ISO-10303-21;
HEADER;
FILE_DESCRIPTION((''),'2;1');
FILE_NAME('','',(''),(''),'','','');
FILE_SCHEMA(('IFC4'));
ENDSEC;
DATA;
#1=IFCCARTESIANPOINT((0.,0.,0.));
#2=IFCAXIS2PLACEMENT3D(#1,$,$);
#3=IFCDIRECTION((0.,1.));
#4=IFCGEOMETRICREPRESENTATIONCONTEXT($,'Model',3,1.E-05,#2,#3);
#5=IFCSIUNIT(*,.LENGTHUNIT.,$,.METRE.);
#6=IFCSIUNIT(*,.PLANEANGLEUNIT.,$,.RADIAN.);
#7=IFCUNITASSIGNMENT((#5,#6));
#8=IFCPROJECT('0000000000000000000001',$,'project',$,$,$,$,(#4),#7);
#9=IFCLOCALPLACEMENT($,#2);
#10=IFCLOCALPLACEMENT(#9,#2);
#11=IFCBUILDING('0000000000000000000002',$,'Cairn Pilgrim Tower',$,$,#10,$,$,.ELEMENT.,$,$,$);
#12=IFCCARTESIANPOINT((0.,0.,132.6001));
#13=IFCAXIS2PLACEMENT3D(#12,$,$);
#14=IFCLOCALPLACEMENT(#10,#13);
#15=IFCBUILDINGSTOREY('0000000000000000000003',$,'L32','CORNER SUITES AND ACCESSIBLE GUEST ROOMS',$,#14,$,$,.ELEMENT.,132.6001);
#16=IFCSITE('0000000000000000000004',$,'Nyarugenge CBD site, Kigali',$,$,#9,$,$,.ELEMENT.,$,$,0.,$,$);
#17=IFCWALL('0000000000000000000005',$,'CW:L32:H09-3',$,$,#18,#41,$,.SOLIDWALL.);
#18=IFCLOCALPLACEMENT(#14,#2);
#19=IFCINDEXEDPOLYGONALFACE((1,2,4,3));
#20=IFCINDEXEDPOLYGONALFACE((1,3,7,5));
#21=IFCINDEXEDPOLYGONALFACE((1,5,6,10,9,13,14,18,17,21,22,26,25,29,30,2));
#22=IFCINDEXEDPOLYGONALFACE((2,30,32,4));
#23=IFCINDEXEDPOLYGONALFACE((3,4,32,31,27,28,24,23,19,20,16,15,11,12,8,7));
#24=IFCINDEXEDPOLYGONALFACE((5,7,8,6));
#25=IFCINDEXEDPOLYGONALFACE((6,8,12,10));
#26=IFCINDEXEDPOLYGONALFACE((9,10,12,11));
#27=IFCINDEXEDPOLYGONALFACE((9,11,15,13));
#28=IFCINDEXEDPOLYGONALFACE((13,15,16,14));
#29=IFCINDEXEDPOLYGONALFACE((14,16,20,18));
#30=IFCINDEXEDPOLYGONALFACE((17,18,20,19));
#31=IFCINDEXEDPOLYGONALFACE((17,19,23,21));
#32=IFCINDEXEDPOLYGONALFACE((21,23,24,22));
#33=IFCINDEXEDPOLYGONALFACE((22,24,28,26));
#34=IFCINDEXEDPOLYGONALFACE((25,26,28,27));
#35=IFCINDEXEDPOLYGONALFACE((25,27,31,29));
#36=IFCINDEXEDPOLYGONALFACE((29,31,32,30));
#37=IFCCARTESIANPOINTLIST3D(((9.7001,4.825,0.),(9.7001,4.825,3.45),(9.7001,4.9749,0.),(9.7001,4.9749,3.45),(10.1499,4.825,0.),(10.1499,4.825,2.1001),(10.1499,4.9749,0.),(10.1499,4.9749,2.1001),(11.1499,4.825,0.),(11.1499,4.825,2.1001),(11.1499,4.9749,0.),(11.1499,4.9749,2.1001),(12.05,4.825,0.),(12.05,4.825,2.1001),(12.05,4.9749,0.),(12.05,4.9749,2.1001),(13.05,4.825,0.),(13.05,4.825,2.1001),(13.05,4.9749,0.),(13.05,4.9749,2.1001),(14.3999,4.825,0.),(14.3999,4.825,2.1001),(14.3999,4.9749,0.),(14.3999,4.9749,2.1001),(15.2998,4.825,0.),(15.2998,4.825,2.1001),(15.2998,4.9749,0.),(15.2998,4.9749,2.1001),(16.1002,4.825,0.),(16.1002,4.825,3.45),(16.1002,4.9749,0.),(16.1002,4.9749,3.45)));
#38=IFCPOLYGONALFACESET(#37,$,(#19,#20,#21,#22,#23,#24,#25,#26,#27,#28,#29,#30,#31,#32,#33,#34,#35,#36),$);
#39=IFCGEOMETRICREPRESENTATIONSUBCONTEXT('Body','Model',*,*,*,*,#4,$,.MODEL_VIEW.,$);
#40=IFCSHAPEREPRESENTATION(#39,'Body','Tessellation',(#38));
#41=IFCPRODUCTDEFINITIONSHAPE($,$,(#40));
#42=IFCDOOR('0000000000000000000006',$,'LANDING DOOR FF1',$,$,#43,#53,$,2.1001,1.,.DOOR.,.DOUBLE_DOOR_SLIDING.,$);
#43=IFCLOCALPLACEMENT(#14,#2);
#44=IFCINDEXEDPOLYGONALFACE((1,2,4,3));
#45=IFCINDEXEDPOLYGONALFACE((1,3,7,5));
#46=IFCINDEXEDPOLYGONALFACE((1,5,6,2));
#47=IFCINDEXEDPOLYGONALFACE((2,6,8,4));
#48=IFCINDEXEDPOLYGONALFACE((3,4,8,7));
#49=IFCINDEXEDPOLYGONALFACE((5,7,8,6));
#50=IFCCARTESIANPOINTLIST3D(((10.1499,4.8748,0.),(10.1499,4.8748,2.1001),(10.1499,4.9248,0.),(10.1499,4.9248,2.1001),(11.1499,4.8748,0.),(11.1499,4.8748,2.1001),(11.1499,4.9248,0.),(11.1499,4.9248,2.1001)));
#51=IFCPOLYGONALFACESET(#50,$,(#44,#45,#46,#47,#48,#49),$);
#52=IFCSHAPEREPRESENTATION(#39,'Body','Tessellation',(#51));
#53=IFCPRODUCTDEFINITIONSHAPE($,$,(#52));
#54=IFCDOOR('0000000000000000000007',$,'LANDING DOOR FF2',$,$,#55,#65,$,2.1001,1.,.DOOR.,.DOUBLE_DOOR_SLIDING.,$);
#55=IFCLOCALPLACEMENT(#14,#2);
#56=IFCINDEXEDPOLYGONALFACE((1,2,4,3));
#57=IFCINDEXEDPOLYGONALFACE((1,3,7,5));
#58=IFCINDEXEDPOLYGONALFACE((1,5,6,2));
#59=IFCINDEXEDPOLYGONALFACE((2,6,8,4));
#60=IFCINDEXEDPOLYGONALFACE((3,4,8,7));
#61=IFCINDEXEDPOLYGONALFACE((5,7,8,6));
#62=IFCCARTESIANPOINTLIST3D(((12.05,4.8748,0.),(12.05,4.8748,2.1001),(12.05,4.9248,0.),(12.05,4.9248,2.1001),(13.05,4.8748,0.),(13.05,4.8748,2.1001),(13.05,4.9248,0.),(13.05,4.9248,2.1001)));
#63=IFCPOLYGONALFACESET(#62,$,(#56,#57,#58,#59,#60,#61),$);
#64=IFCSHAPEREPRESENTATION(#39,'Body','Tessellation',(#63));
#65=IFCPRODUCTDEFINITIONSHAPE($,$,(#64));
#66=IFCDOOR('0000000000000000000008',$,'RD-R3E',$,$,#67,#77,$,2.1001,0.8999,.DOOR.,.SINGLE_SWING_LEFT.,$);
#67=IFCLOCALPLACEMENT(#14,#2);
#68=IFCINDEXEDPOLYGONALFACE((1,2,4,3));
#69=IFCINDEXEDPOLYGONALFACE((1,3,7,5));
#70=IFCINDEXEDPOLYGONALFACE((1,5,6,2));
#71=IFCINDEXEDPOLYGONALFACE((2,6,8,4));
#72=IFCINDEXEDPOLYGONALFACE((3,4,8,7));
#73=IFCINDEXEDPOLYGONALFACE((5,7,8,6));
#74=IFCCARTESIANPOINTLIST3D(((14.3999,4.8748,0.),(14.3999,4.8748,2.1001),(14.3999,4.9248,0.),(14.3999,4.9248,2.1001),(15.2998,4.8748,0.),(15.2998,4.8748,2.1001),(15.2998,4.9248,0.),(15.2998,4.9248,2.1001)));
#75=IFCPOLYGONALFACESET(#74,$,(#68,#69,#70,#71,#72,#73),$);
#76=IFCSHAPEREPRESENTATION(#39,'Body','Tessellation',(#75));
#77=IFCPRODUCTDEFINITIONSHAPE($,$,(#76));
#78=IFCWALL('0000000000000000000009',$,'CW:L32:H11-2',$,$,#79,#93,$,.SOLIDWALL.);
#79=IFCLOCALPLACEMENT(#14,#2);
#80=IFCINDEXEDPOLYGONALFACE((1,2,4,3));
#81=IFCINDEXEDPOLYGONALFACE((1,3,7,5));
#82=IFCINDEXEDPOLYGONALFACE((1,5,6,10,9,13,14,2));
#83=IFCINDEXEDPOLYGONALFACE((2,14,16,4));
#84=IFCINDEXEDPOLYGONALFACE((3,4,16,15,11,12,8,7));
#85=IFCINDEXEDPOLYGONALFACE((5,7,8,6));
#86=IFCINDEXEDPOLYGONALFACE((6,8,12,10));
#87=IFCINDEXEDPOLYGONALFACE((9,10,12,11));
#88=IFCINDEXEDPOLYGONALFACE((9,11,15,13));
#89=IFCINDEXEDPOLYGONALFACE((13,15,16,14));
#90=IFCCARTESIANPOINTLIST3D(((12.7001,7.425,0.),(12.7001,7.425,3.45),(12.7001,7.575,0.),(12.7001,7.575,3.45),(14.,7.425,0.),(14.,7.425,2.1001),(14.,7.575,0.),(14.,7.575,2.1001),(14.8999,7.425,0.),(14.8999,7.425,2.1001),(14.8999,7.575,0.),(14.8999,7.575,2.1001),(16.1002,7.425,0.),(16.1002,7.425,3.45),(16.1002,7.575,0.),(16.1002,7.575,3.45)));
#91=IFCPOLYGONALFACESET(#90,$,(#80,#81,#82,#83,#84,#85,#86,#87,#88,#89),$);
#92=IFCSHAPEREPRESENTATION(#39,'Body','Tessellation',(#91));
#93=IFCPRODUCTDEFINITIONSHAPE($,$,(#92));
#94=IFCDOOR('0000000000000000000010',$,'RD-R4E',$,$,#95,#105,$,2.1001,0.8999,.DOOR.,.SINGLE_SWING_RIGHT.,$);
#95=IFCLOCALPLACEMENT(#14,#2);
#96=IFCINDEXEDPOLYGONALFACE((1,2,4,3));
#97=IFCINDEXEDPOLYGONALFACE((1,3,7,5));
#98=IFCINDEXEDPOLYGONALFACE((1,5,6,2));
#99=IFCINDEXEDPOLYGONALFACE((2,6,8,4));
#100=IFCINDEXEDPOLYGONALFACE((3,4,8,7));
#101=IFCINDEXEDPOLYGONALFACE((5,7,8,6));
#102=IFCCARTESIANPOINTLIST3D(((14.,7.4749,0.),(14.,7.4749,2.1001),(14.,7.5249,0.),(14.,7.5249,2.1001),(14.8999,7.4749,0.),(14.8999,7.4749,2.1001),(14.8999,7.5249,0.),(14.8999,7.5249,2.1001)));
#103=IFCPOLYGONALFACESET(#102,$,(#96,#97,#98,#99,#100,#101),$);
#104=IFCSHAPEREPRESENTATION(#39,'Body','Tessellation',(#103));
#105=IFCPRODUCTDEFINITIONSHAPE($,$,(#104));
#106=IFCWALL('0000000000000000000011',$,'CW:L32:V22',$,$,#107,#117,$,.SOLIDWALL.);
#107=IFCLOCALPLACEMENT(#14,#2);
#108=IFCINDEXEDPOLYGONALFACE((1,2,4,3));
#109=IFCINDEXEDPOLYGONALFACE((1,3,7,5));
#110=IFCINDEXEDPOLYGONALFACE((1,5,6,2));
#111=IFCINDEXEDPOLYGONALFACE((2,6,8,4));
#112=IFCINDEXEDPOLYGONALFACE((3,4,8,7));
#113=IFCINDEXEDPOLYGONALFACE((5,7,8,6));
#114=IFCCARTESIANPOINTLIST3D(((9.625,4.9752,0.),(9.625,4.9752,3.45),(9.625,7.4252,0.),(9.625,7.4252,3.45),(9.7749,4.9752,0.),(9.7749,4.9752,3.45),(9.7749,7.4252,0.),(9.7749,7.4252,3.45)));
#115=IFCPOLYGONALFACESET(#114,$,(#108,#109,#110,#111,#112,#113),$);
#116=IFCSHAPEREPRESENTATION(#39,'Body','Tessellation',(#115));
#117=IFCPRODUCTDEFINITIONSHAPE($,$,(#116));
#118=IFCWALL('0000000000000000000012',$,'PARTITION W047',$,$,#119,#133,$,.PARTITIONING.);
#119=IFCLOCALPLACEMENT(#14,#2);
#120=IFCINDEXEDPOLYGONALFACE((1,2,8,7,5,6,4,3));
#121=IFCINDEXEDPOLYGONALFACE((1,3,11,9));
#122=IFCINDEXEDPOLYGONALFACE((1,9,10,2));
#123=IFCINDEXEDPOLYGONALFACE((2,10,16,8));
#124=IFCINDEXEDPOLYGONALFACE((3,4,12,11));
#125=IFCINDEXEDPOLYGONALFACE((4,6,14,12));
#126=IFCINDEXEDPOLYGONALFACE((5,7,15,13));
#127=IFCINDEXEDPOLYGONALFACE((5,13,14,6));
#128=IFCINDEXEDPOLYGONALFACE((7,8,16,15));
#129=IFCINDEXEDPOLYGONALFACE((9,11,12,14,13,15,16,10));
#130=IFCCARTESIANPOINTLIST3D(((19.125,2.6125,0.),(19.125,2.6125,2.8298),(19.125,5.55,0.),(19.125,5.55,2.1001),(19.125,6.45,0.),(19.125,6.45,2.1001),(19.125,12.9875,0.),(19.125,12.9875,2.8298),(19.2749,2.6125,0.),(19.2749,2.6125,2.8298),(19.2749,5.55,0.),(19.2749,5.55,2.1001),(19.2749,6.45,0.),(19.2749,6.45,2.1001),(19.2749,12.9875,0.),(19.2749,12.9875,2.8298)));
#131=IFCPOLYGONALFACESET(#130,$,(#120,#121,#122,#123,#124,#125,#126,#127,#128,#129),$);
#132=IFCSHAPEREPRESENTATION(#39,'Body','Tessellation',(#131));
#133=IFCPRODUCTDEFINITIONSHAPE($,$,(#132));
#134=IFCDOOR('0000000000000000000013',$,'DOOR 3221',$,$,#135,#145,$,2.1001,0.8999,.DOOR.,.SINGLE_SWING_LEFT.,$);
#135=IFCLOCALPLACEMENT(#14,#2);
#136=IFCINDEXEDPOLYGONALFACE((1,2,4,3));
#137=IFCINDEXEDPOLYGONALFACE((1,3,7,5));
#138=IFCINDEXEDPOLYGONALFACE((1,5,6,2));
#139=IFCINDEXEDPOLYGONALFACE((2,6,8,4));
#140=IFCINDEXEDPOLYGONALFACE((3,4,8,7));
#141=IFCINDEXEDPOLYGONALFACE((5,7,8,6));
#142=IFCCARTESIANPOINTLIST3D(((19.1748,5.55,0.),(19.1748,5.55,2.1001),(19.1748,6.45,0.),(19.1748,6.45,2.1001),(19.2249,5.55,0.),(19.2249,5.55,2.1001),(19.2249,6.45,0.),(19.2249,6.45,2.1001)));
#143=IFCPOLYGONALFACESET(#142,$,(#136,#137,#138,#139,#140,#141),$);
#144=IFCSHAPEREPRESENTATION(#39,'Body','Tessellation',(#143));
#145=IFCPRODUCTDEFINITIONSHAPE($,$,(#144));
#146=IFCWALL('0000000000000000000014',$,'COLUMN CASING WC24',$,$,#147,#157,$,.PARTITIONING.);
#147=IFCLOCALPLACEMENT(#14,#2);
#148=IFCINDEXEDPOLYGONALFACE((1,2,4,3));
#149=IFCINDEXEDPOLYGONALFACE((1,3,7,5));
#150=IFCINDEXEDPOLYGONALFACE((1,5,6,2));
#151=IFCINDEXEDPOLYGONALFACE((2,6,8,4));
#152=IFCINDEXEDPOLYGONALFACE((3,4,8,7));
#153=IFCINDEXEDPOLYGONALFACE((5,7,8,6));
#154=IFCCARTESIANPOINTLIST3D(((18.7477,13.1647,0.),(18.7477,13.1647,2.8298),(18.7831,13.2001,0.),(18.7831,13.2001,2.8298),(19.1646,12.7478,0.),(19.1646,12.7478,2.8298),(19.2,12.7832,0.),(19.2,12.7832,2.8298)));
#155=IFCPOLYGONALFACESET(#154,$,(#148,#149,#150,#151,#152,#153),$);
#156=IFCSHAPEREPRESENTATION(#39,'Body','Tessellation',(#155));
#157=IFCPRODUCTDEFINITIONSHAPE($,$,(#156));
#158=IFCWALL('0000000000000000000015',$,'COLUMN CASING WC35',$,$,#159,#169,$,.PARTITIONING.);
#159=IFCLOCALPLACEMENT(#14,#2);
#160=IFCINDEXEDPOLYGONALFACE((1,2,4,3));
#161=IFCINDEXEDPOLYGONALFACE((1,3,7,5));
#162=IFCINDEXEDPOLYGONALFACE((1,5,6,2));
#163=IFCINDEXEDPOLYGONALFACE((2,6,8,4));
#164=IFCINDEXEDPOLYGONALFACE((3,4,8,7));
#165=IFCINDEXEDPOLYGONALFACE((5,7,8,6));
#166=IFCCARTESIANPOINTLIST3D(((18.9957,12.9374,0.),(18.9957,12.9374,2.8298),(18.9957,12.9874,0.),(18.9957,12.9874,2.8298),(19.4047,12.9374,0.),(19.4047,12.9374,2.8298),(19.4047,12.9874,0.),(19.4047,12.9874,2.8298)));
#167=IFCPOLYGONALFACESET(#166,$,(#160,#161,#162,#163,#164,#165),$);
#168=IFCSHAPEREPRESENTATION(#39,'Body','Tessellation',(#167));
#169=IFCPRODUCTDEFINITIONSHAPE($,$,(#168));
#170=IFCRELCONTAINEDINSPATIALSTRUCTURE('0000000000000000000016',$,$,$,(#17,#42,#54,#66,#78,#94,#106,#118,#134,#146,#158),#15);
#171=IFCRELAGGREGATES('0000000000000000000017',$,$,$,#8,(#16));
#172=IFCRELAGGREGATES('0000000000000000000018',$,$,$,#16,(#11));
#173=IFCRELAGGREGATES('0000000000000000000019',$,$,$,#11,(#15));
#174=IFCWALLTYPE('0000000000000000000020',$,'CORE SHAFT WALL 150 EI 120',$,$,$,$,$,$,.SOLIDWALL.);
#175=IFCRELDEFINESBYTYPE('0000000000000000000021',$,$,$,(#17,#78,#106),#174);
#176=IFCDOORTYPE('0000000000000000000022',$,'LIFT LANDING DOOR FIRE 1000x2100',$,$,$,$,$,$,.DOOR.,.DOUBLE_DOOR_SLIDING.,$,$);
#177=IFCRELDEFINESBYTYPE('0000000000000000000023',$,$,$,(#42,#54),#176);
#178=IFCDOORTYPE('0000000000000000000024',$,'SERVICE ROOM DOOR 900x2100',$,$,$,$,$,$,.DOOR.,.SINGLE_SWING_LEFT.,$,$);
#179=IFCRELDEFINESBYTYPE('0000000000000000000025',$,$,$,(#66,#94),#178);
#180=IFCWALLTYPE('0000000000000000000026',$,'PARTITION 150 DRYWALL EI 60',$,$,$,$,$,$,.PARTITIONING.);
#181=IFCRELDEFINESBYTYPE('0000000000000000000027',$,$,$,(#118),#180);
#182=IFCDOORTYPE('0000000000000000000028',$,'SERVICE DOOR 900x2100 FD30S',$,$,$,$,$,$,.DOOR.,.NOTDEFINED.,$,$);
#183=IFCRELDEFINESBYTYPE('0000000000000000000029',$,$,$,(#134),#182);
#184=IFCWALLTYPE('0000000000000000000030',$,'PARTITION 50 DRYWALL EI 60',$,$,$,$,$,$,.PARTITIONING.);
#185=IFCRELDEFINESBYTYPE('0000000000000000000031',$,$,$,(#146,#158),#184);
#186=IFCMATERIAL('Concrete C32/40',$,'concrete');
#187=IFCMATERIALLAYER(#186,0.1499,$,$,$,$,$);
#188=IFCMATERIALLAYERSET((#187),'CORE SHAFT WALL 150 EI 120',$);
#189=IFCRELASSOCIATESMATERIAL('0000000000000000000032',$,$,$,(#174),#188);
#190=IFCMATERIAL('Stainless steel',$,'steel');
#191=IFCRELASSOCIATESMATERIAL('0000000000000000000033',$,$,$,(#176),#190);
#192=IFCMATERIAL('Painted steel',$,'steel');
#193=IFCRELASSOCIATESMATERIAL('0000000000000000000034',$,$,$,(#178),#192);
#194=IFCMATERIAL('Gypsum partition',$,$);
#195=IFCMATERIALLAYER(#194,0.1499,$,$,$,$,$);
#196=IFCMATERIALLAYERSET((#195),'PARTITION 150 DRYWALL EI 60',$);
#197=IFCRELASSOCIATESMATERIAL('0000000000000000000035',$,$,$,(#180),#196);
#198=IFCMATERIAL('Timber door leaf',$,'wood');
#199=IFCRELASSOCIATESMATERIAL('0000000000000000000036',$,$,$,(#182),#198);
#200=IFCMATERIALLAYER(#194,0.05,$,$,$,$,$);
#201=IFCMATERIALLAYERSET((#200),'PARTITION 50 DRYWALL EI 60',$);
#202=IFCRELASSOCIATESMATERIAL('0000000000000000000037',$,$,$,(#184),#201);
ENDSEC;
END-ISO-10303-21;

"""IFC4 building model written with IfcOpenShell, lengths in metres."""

from ifc_helpers import new_model, si_unit, direction, frame, frame_2d, origin, place, context, subcontext, project, spatial, rectangle, extrude, material, layer, layer_set, type_object, element, fill, save


model = new_model("IFC4")

# Units and contexts
model_context = context("Model", 3, precision=1e-05, world=origin(), true_north=direction((0.0, 1.0)))
body_context = subcontext(model_context, "Body", "Model", "MODEL_VIEW")
ifc_project = project(units=[si_unit("LENGTHUNIT", "METRE"), si_unit("PLANEANGLEUNIT", "RADIAN")], contexts=[model_context])

# Site, building, storey
site_placement = place(None, origin())
site = spatial("IfcSite", under=ifc_project, at=site_placement, Name="Nyarugenge CBD site, Kigali", CompositionType="ELEMENT", RefElevation=0.0)
building_placement = place(site_placement, origin())
building = spatial("IfcBuilding", under=site, at=building_placement, Name="Cairn Pilgrim Tower", CompositionType="ELEMENT")
storey_placement = place(building_placement, frame((0.0, 0.0, 132.6001)))
storey = spatial("IfcBuildingStorey", under=building, at=storey_placement, Name="L32", Description="CORNER SUITES AND ACCESSIBLE GUEST ROOMS", CompositionType="ELEMENT", Elevation=132.6001)

# Shared definitions
ifc_material_1 = material(Name="Concrete C32/40", Category="concrete")

# Wall, openings, doors
ifc_layer_1 = layer(ifc_material_1, 0.1499)
ifc_layer_set_1 = layer_set([ifc_layer_1], Name="CORE SHAFT WALL 150 EI 120")
wall_type_1 = type_object("IfcWallType", Name="CORE SHAFT WALL 150 EI 120", PredefinedType="SOLIDWALL", material=ifc_layer_set_1)
wall_1_placement = place(storey_placement, frame((9.7, 4.8999, 0.0), z_axis=(0.0, 0.0, 1.0), x_axis=(1.0, 0.0, 0.0)))
wall_1 = element("IfcWall", 1, at=wall_1_placement, inside=storey, type_object=wall_type_1, Name="CW:L32:H09-3", PredefinedType="SOLIDWALL", context=body_context, shape_type="SweptSolid", body=[
    extrude(rectangle(XDim=6.4001, YDim=0.1499, at=frame_2d((3.2002, 0.0))), origin(), (0.0, 0.0, 1.0), 3.45),
])
opening_1_placement = place(wall_1_placement, frame((0.45, 0.0, 0.0)))
opening_1 = element("IfcOpeningElement", 2, at=opening_1_placement, cuts=wall_1, PredefinedType="OPENING", context=body_context, shape_type="SweptSolid", body=[
    extrude(rectangle(XDim=1.0, YDim=2.1001, at=frame_2d((0.5, 1.05))), frame((0.0, 0.085, 0.0), z_axis=(0.0, -1.0, 0.0), x_axis=(1.0, 0.0, 0.0)), (0.0, 0.0, 1.0), 0.1699),
])
opening_2_placement = place(wall_1_placement, frame((2.3501, 0.0, 0.0)))
opening_2 = element("IfcOpeningElement", 3, at=opening_2_placement, cuts=wall_1, PredefinedType="OPENING", context=body_context, shape_type="SweptSolid", body=[
    extrude(rectangle(XDim=1.0, YDim=2.1001, at=frame_2d((0.5, 1.05))), frame((0.0, 0.085, 0.0), z_axis=(0.0, -1.0, 0.0), x_axis=(1.0, 0.0, 0.0)), (0.0, 0.0, 1.0), 0.1699),
])
opening_3_placement = place(wall_1_placement, frame((4.7, 0.0, 0.0)))
opening_3 = element("IfcOpeningElement", 4, at=opening_3_placement, cuts=wall_1, PredefinedType="OPENING", context=body_context, shape_type="SweptSolid", body=[
    extrude(rectangle(XDim=0.8999, YDim=2.1001, at=frame_2d((0.45, 1.05))), frame((0.0, 0.085, 0.0), z_axis=(0.0, -1.0, 0.0), x_axis=(1.0, 0.0, 0.0)), (0.0, 0.0, 1.0), 0.1699),
])
ifc_material_2 = material(Name="Stainless steel", Category="steel")
door_type_1 = type_object("IfcDoorType", Name="LIFT LANDING DOOR FIRE 1000x2100", OperationType="DOUBLE_DOOR_SLIDING", PredefinedType="DOOR", material=ifc_material_2)
door_1_placement = place(opening_1_placement, origin())
door_1 = element("IfcDoor", 5, at=door_1_placement, inside=storey, type_object=door_type_1, Name="LANDING DOOR FF1", OperationType="DOUBLE_DOOR_SLIDING", OverallHeight=2.1001, OverallWidth=1.0, PredefinedType="DOOR", context=body_context, shape_type="SweptSolid", body=[
    extrude(rectangle(XDim=1.0, YDim=2.1001, at=frame_2d((0.5, 1.05))), frame((0.0, 0.0249, 0.0), z_axis=(0.0, -1.0, 0.0), x_axis=(1.0, 0.0, 0.0)), (0.0, 0.0, 1.0), 0.05),
])
fill(opening_1, door_1)
door_2_placement = place(opening_2_placement, origin())
door_2 = element("IfcDoor", 6, at=door_2_placement, inside=storey, type_object=door_type_1, Name="LANDING DOOR FF2", OperationType="DOUBLE_DOOR_SLIDING", OverallHeight=2.1001, OverallWidth=1.0, PredefinedType="DOOR", context=body_context, shape_type="SweptSolid", body=[
    extrude(rectangle(XDim=1.0, YDim=2.1001, at=frame_2d((0.5, 1.05))), frame((0.0, 0.0249, 0.0), z_axis=(0.0, -1.0, 0.0), x_axis=(1.0, 0.0, 0.0)), (0.0, 0.0, 1.0), 0.05),
])
fill(opening_2, door_2)
ifc_material_3 = material(Name="Painted steel", Category="steel")
door_type_2 = type_object("IfcDoorType", Name="SERVICE ROOM DOOR 900x2100", OperationType="SINGLE_SWING_LEFT", PredefinedType="DOOR", material=ifc_material_3)
door_3_placement = place(opening_3_placement, origin())
door_3 = element("IfcDoor", 7, at=door_3_placement, inside=storey, type_object=door_type_2, Name="RD-R3E", OperationType="SINGLE_SWING_LEFT", OverallHeight=2.1001, OverallWidth=0.8999, PredefinedType="DOOR", context=body_context, shape_type="SweptSolid", body=[
    extrude(rectangle(XDim=0.8999, YDim=2.1001, at=frame_2d((0.45, 1.05))), frame((0.0, 0.0249, 0.0), z_axis=(0.0, -1.0, 0.0), x_axis=(1.0, 0.0, 0.0)), (0.0, 0.0, 1.0), 0.05),
])
fill(opening_3, door_3)

# Wall, opening, door
wall_2_placement = place(storey_placement, frame((12.7, 7.5, 0.0), z_axis=(0.0, 0.0, 1.0), x_axis=(1.0, 0.0, 0.0)))
wall_2 = element("IfcWall", 8, at=wall_2_placement, inside=storey, type_object=wall_type_1, Name="CW:L32:H11-2", PredefinedType="SOLIDWALL", context=body_context, shape_type="SweptSolid", body=[
    extrude(rectangle(XDim=3.4001, YDim=0.1499, at=frame_2d((1.7002, 0.0))), origin(), (0.0, 0.0, 1.0), 3.45),
])
opening_4_placement = place(wall_2_placement, frame((1.3, 0.0, 0.0)))
opening_4 = element("IfcOpeningElement", 9, at=opening_4_placement, cuts=wall_2, PredefinedType="OPENING", context=body_context, shape_type="SweptSolid", body=[
    extrude(rectangle(XDim=0.8999, YDim=2.1001, at=frame_2d((0.45, 1.05))), frame((0.0, 0.085, 0.0), z_axis=(0.0, -1.0, 0.0), x_axis=(1.0, 0.0, 0.0)), (0.0, 0.0, 1.0), 0.1699),
])
door_4_placement = place(opening_4_placement, origin())
door_4 = element("IfcDoor", 10, at=door_4_placement, inside=storey, type_object=door_type_2, Name="RD-R4E", OperationType="SINGLE_SWING_RIGHT", OverallHeight=2.1001, OverallWidth=0.8999, PredefinedType="DOOR", context=body_context, shape_type="SweptSolid", body=[
    extrude(rectangle(XDim=0.8999, YDim=2.1001, at=frame_2d((0.45, 1.05))), frame((0.0, 0.0249, 0.0), z_axis=(0.0, -1.0, 0.0), x_axis=(1.0, 0.0, 0.0)), (0.0, 0.0, 1.0), 0.05),
])
fill(opening_4, door_4)

# Wall
wall_3_placement = place(storey_placement, frame((9.7, 4.9751, 0.0), z_axis=(0.0, 0.0, 1.0), x_axis=(0.0, 1.0, 0.0)))
element("IfcWall", 11, at=wall_3_placement, inside=storey, type_object=wall_type_1, Name="CW:L32:V22", PredefinedType="SOLIDWALL", context=body_context, shape_type="SweptSolid", body=[
    extrude(rectangle(XDim=2.45, YDim=0.1499, at=frame_2d((1.2251, 0.0))), origin(), (0.0, 0.0, 1.0), 3.45),
])

# Wall, opening, door
ifc_material_4 = material(Name="Gypsum partition")
ifc_layer_2 = layer(ifc_material_4, 0.1499)
ifc_layer_set_2 = layer_set([ifc_layer_2], Name="PARTITION 150 DRYWALL EI 60")
wall_type_2 = type_object("IfcWallType", Name="PARTITION 150 DRYWALL EI 60", PredefinedType="PARTITIONING", material=ifc_layer_set_2)
wall_4_placement = place(storey_placement, frame((19.2, 2.6125, 0.0), z_axis=(0.0, 0.0, 1.0), x_axis=(0.0, 1.0, 0.0)))
wall_4 = element("IfcWall", 12, at=wall_4_placement, inside=storey, type_object=wall_type_2, Name="PARTITION W047", PredefinedType="PARTITIONING", context=body_context, shape_type="SweptSolid", body=[
    extrude(rectangle(XDim=10.375, YDim=0.1499, at=frame_2d((5.1875, 0.0))), origin(), (0.0, 0.0, 1.0), 2.8298),
])
opening_5_placement = place(wall_4_placement, frame((2.9375, 0.0, 0.0)))
opening_5 = element("IfcOpeningElement", 13, at=opening_5_placement, cuts=wall_4, PredefinedType="OPENING", context=body_context, shape_type="SweptSolid", body=[
    extrude(rectangle(XDim=0.8999, YDim=2.1001, at=frame_2d((0.45, 1.05))), frame((0.0, 0.085, 0.0), z_axis=(0.0, -1.0, 0.0), x_axis=(1.0, 0.0, 0.0)), (0.0, 0.0, 1.0), 0.1699),
])
ifc_material_5 = material(Name="Timber door leaf", Category="wood")
door_type_3 = type_object("IfcDoorType", Name="SERVICE DOOR 900x2100 FD30S", OperationType="NOTDEFINED", PredefinedType="DOOR", material=ifc_material_5)
door_5_placement = place(opening_5_placement, frame((0.8999, 0.0, 0.0), z_axis=(0.0, 0.0, 1.0), x_axis=(-1.0, 0.0, 0.0)))
door_5 = element("IfcDoor", 14, at=door_5_placement, inside=storey, type_object=door_type_3, Name="DOOR 3221", OperationType="SINGLE_SWING_LEFT", OverallHeight=2.1001, OverallWidth=0.8999, PredefinedType="DOOR", context=body_context, shape_type="SweptSolid", body=[
    extrude(rectangle(XDim=0.8999, YDim=2.1001, at=frame_2d((0.45, 1.05))), frame((0.0, 0.0249, 0.0), z_axis=(0.0, -1.0, 0.0), x_axis=(1.0, 0.0, 0.0)), (0.0, 0.0, 1.0), 0.05),
])
fill(opening_5, door_5)

# Walls
ifc_layer_3 = layer(ifc_material_4, 0.05)
ifc_layer_set_3 = layer_set([ifc_layer_3], Name="PARTITION 50 DRYWALL EI 60")
wall_type_3 = type_object("IfcWallType", Name="PARTITION 50 DRYWALL EI 60", PredefinedType="PARTITIONING", material=ifc_layer_set_3)
wall_5_placement = place(storey_placement, frame((19.1824, 12.7654, 0.0), z_axis=(0.0, 0.0, 1.0), x_axis=(-0.707107, 0.707107, 0.0)))
element("IfcWall", 15, at=wall_5_placement, inside=storey, type_object=wall_type_3, Name="COLUMN CASING WC24", PredefinedType="PARTITIONING", context=body_context, shape_type="SweptSolid", body=[
    extrude(rectangle(XDim=0.5896, YDim=0.05, at=frame_2d((0.2949, 0.0))), origin(), (0.0, 0.0, 1.0), 2.8298),
])
wall_6_placement = place(storey_placement, frame((18.9956, 12.9624, 0.0), z_axis=(0.0, 0.0, 1.0), x_axis=(1.0, 0.0, 0.0)))
element("IfcWall", 16, at=wall_6_placement, inside=storey, type_object=wall_type_3, Name="COLUMN CASING WC35", PredefinedType="PARTITIONING", context=body_context, shape_type="SweptSolid", body=[
    extrude(rectangle(XDim=0.4089, YDim=0.05, at=frame_2d((0.2046, 0.0))), origin(), (0.0, 0.0, 1.0), 2.8298),
])

save(model, "model.ifc")
